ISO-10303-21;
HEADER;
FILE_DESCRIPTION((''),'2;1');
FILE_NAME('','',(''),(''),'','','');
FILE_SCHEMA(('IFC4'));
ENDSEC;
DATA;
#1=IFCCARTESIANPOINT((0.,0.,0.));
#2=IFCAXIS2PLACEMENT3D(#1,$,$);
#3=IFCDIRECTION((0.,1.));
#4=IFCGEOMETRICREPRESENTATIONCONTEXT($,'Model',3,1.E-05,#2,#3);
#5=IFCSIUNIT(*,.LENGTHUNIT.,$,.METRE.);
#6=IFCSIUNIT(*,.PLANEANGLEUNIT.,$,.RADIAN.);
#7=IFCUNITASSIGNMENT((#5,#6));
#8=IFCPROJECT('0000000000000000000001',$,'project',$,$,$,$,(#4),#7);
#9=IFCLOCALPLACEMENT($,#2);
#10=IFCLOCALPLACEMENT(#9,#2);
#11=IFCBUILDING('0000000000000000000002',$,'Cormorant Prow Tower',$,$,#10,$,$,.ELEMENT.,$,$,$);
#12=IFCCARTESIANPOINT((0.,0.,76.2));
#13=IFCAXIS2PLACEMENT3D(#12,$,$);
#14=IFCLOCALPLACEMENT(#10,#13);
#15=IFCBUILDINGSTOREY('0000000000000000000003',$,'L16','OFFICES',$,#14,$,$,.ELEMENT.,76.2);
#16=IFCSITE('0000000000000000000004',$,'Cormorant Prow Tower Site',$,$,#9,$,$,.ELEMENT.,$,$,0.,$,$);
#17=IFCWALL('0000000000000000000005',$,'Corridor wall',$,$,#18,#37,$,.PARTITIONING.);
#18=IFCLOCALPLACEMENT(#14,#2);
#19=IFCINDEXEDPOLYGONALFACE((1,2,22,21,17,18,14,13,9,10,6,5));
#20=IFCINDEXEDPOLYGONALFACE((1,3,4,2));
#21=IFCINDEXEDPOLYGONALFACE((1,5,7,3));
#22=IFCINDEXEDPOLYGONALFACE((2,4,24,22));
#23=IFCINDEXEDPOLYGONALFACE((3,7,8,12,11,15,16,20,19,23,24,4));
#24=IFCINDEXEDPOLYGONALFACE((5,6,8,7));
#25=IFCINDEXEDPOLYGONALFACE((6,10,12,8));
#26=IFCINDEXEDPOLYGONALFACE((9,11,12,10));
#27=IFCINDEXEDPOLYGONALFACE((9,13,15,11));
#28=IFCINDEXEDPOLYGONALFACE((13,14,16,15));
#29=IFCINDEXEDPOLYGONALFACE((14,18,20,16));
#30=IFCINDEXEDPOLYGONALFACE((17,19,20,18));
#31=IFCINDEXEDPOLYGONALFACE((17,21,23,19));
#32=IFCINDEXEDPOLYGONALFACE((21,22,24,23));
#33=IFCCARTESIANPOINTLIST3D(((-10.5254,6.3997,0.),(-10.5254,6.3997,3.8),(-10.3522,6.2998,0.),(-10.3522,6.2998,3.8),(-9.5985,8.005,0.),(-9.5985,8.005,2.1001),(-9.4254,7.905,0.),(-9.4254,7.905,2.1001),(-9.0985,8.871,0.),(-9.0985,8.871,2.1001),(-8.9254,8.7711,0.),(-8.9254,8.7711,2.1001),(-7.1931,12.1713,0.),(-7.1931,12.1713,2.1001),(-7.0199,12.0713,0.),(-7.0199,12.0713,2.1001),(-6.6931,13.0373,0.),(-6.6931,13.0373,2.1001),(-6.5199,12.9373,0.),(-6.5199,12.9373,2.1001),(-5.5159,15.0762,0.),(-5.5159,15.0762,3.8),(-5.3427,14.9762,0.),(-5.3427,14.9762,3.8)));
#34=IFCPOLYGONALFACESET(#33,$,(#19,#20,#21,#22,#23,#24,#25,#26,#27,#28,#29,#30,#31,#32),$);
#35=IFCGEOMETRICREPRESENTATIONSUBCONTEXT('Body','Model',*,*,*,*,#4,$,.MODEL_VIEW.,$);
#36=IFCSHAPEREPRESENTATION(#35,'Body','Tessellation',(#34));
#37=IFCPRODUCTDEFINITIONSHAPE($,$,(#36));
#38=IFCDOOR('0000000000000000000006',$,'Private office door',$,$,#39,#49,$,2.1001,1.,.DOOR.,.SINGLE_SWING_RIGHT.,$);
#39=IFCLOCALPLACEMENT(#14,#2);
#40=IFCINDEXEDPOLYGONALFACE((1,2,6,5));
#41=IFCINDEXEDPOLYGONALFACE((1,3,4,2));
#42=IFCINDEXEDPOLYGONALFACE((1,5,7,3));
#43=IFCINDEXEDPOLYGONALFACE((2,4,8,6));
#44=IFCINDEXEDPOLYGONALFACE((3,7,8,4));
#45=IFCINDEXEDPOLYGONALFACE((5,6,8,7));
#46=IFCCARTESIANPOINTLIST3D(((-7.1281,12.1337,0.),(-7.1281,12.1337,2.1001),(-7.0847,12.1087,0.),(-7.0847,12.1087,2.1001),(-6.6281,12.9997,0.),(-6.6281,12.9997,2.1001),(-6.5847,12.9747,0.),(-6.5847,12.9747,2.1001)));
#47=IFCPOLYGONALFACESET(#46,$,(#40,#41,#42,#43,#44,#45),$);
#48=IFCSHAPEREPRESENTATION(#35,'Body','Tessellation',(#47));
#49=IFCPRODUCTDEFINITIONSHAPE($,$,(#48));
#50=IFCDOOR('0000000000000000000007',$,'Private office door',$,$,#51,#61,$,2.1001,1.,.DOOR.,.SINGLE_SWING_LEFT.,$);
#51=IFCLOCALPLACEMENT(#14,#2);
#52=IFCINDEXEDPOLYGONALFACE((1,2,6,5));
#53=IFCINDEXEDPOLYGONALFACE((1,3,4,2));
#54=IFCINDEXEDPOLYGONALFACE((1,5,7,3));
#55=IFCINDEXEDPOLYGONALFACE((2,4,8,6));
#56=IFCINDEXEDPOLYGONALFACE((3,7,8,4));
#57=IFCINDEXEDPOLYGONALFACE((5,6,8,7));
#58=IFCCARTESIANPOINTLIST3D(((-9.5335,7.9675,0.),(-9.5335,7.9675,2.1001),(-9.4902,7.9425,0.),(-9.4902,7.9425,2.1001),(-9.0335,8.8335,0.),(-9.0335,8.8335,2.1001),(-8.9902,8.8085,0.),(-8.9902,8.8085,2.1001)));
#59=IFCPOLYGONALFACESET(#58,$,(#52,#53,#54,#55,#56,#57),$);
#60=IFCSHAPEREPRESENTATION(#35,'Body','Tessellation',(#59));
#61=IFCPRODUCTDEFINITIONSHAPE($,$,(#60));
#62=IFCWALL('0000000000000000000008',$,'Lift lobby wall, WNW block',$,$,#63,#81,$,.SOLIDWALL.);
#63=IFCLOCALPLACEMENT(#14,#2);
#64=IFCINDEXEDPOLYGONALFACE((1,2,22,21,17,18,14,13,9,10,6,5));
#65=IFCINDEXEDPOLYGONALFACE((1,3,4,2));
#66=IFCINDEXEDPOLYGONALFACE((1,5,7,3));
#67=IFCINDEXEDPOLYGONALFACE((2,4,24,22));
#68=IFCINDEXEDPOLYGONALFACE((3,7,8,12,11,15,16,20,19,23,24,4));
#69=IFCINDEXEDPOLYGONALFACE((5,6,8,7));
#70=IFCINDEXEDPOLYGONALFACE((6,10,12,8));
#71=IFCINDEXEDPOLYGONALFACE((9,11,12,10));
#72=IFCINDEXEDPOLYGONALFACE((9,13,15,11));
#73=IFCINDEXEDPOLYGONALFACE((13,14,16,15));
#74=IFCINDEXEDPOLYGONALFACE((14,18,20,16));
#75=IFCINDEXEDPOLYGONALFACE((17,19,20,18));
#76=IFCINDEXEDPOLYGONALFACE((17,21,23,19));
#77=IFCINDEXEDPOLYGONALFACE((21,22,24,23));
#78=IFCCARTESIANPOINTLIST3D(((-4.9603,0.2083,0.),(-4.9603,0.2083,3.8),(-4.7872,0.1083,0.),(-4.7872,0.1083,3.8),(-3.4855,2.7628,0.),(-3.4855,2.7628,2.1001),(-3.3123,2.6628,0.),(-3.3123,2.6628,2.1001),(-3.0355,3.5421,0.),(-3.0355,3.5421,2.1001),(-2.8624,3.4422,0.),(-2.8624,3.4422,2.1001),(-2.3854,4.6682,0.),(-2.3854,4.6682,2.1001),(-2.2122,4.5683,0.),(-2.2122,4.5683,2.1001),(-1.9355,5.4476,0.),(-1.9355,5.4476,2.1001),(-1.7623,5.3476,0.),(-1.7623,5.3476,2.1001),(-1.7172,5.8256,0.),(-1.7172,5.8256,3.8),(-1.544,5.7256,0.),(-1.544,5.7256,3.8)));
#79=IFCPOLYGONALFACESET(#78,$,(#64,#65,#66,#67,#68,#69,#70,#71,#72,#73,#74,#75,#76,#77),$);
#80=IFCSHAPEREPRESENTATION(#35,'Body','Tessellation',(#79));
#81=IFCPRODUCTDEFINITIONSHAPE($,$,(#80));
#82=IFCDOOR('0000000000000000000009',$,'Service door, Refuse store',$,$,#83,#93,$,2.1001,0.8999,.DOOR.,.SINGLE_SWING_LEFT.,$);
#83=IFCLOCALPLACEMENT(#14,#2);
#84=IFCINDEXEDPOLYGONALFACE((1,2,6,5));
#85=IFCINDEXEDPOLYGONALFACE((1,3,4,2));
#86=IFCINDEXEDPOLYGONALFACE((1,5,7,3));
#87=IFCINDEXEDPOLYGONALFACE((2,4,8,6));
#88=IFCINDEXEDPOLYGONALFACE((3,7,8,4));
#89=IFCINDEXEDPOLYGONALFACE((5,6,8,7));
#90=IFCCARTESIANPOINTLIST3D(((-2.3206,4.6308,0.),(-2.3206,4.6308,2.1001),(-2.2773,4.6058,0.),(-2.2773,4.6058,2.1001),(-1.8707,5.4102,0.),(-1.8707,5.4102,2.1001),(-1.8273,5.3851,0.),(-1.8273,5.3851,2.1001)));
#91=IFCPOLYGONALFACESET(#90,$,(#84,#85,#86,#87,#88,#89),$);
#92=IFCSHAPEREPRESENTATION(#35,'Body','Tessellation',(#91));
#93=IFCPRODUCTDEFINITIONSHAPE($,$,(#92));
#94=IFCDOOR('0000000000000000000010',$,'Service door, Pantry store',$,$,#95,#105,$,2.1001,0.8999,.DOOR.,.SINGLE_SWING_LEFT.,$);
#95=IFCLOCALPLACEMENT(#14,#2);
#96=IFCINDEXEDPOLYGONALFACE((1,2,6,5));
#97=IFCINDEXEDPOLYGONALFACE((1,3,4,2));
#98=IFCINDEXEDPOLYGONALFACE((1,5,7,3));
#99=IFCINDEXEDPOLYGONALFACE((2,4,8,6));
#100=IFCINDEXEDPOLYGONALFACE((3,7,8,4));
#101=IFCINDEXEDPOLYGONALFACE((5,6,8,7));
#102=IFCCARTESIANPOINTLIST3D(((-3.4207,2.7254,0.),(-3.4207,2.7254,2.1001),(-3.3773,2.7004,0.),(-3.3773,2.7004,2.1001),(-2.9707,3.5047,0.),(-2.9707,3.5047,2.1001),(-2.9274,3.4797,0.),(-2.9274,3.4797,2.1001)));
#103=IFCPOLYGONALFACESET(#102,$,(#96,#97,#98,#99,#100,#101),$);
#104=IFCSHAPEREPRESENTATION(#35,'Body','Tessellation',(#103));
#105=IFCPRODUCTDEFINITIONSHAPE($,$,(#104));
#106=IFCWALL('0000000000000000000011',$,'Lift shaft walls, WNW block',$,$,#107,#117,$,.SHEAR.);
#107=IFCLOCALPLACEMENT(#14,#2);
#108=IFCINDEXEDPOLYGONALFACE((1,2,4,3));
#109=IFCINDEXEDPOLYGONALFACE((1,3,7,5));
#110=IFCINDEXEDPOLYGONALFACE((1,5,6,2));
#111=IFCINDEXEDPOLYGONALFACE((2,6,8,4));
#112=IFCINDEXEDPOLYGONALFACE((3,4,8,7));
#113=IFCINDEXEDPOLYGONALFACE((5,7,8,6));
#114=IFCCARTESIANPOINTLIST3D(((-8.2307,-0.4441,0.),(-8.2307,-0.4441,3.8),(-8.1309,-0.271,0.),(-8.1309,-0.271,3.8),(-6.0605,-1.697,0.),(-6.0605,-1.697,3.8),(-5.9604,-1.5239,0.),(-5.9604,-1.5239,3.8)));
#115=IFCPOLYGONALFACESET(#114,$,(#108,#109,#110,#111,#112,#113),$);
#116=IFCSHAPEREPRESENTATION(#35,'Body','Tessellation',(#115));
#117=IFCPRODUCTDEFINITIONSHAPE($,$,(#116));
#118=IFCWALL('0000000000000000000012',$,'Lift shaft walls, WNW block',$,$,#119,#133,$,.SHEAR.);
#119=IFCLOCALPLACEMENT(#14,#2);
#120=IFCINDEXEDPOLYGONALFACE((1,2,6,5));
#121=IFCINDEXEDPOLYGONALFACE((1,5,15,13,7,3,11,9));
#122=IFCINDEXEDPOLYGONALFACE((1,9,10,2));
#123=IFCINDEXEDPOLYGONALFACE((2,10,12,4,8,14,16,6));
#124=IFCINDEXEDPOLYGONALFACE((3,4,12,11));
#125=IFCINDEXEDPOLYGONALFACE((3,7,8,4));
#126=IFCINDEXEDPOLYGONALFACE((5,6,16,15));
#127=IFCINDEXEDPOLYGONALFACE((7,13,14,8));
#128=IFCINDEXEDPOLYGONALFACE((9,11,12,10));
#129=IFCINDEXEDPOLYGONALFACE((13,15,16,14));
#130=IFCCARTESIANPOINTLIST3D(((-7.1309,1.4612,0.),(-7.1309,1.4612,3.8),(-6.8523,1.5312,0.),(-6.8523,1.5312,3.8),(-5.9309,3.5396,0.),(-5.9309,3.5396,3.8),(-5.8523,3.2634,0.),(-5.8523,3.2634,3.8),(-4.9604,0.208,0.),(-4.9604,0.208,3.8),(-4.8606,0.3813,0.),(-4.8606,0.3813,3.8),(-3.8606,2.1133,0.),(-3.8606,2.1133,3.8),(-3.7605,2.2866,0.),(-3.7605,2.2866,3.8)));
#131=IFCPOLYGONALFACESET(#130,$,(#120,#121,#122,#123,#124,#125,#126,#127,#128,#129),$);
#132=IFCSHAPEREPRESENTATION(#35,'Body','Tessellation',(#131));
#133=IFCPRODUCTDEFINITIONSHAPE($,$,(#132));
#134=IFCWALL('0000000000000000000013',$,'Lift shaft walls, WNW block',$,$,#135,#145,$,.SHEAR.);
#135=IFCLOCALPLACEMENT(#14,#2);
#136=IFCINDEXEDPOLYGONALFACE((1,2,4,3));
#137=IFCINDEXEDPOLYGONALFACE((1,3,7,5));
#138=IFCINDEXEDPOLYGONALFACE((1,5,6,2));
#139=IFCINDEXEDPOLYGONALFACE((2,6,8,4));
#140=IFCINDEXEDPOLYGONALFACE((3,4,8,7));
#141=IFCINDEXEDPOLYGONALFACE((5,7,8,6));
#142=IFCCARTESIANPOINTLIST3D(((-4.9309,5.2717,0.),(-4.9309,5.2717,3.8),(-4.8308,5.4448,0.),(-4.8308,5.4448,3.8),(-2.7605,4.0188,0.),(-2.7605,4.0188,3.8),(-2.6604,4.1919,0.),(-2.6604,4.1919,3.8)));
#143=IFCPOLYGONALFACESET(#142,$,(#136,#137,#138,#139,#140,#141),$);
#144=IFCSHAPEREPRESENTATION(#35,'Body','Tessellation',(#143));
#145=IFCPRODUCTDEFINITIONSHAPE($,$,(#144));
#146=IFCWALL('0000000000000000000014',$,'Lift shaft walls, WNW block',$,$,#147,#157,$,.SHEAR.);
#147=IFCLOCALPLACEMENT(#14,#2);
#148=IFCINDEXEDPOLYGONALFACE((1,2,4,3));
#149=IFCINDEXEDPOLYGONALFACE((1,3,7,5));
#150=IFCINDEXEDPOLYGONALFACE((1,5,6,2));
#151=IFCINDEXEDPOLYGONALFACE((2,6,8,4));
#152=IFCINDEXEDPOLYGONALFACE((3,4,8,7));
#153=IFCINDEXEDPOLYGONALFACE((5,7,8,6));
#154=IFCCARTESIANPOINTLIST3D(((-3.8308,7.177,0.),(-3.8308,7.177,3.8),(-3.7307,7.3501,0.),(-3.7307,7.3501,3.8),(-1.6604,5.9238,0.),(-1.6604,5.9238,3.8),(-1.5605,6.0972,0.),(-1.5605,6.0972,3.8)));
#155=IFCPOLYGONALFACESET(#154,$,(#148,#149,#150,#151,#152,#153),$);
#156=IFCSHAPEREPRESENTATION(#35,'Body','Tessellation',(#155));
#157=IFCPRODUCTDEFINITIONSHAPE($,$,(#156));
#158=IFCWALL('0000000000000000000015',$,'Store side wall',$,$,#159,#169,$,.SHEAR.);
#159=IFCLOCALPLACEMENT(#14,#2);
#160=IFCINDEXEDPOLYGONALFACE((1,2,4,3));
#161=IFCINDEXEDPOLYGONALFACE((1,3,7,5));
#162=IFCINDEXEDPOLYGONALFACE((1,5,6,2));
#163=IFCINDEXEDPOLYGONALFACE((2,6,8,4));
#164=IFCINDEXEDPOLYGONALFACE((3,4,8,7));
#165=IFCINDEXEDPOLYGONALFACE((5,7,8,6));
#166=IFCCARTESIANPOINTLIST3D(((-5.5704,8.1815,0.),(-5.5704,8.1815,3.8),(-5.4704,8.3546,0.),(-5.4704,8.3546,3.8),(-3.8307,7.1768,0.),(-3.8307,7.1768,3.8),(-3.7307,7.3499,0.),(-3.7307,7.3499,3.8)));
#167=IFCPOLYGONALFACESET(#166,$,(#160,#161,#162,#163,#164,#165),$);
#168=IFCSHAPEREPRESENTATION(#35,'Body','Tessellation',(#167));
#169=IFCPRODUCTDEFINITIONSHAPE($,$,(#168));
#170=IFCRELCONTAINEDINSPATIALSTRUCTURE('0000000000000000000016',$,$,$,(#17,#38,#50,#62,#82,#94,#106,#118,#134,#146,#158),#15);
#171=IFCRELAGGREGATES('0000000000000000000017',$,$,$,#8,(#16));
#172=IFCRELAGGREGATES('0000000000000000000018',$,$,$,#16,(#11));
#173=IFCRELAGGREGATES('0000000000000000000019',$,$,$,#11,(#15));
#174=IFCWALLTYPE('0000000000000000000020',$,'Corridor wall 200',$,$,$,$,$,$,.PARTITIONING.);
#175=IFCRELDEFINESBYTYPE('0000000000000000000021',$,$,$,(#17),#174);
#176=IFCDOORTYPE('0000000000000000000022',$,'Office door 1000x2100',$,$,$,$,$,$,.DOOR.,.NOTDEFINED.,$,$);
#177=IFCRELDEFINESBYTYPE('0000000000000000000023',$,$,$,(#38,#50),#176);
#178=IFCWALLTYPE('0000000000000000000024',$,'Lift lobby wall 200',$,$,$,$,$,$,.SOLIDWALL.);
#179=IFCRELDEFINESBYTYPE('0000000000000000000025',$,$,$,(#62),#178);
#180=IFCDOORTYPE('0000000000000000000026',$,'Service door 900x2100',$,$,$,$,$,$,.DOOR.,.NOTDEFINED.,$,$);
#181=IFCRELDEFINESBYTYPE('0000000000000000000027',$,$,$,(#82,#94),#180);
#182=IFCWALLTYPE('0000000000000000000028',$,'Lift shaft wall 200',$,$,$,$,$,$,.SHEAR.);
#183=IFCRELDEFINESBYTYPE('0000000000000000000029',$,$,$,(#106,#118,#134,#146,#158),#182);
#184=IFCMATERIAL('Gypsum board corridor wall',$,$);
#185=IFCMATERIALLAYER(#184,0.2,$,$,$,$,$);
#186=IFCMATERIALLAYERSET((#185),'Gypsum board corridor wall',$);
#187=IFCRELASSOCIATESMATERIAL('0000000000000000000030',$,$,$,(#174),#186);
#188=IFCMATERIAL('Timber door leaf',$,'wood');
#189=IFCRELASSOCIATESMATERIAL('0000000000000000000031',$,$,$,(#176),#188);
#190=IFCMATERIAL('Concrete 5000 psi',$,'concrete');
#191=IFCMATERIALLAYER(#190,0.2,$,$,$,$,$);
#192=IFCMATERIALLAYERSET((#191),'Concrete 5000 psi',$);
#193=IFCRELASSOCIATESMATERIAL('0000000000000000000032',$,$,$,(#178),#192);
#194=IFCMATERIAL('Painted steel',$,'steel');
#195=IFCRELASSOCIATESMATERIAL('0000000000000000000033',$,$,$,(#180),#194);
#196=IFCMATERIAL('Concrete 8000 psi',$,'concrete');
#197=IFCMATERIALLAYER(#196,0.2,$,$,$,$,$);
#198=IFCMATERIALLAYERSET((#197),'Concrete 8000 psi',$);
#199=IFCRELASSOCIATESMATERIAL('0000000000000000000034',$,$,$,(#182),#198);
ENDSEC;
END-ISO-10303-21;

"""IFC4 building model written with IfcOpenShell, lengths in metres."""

from ifc_helpers import new_model, si_unit, direction, frame, frame_2d, origin, place, context, subcontext, project, spatial, polyline, rectangle, outline, extrude, material, layer, layer_set, type_object, element, fill, save


model = new_model("IFC4")

# Units and contexts
model_context = context("Model", 3, precision=1e-05, world=origin(), true_north=direction((0.0, 1.0)))
body_context = subcontext(model_context, "Body", "Model", "MODEL_VIEW")
ifc_project = project(units=[si_unit("LENGTHUNIT", "METRE"), si_unit("PLANEANGLEUNIT", "RADIAN")], contexts=[model_context])

# Site, building, storey
site_placement = place(None, origin())
site = spatial("IfcSite", under=ifc_project, at=site_placement, Name="Cormorant Prow Tower Site", CompositionType="ELEMENT", RefElevation=0.0)
building_placement = place(site_placement, origin())
building = spatial("IfcBuilding", under=site, at=building_placement, Name="Cormorant Prow Tower", CompositionType="ELEMENT")
storey_placement = place(building_placement, frame((0.0, 0.0, 76.2)))
storey = spatial("IfcBuildingStorey", under=building, at=storey_placement, Name="L16", Description="OFFICES", CompositionType="ELEMENT", Elevation=76.2)

# Walls, openings, doors
ifc_material_1 = material(Name="Gypsum board corridor wall")
ifc_layer_1 = layer(ifc_material_1, 0.2)
ifc_layer_set_1 = layer_set([ifc_layer_1], Name="Gypsum board corridor wall")
wall_type_1 = type_object("IfcWallType", Name="Corridor wall 200", PredefinedType="PARTITIONING", material=ifc_layer_set_1)
wall_1_placement = place(storey_placement, frame((-10.4387, 6.3499, 0.0), z_axis=(0.0, 0.0, 1.0), x_axis=(0.50001, 0.86602, 0.0)))
wall_1 = element("IfcWall", 1, at=wall_1_placement, inside=storey, type_object=wall_type_1, Name="Corridor wall", PredefinedType="PARTITIONING", context=body_context, shape_type="SweptSolid", body=[
    extrude(rectangle(XDim=10.0188, YDim=0.2, at=frame_2d((5.0093, 0.0))), origin(), (0.0, 0.0, 1.0), 3.8),
])
opening_1_placement = place(wall_1_placement, frame((6.6643, 0.0, 0.0)))
opening_1 = element("IfcOpeningElement", 2, at=opening_1_placement, cuts=wall_1, PredefinedType="OPENING", context=body_context, shape_type="SweptSolid", body=[
    extrude(rectangle(XDim=1.0, YDim=2.1001, at=frame_2d((0.5, 1.05))), frame((0.0, 0.1099, 0.0), z_axis=(0.0, -1.0, 0.0), x_axis=(1.0, 0.0, 0.0)), (0.0, 0.0, 1.0), 0.22),
])
opening_2_placement = place(wall_1_placement, frame((1.8535, 0.0, 0.0)))
opening_2 = element("IfcOpeningElement", 3, at=opening_2_placement, cuts=wall_1, PredefinedType="OPENING", context=body_context, shape_type="SweptSolid", body=[
    extrude(rectangle(XDim=1.0, YDim=2.1001, at=frame_2d((0.5, 1.05))), frame((0.0, 0.1099, 0.0), z_axis=(0.0, -1.0, 0.0), x_axis=(1.0, 0.0, 0.0)), (0.0, 0.0, 1.0), 0.22),
])
ifc_material_2 = material(Name="Timber door leaf", Category="wood")
door_type_1 = type_object("IfcDoorType", Name="Office door 1000x2100", OperationType="NOTDEFINED", PredefinedType="DOOR", material=ifc_material_2)
door_1_placement = place(opening_1_placement, origin())
door_1 = element("IfcDoor", 4, at=door_1_placement, inside=storey, type_object=door_type_1, Name="Private office door", OperationType="SINGLE_SWING_RIGHT", OverallHeight=2.1001, OverallWidth=1.0, PredefinedType="DOOR", context=body_context, shape_type="SweptSolid", body=[
    extrude(rectangle(XDim=1.0, YDim=2.1001, at=frame_2d((0.5, 1.05))), frame((0.0, 0.0249, 0.0), z_axis=(0.0, -1.0, 0.0), x_axis=(1.0, 0.0, 0.0)), (0.0, 0.0, 1.0), 0.05),
])
fill(opening_1, door_1)
door_2_placement = place(opening_2_placement, origin())
door_2 = element("IfcDoor", 5, at=door_2_placement, inside=storey, type_object=door_type_1, Name="Private office door", OperationType="SINGLE_SWING_LEFT", OverallHeight=2.1001, OverallWidth=1.0, PredefinedType="DOOR", context=body_context, shape_type="SweptSolid", body=[
    extrude(rectangle(XDim=1.0, YDim=2.1001, at=frame_2d((0.5, 1.05))), frame((0.0, 0.0249, 0.0), z_axis=(0.0, -1.0, 0.0), x_axis=(1.0, 0.0, 0.0)), (0.0, 0.0, 1.0), 0.05),
])
fill(opening_2, door_2)
ifc_material_3 = material(Name="Concrete 5000 psi", Category="concrete")
ifc_layer_2 = layer(ifc_material_3, 0.2)
ifc_layer_set_2 = layer_set([ifc_layer_2], Name="Concrete 5000 psi")
wall_type_2 = type_object("IfcWallType", Name="Lift lobby wall 200", PredefinedType="SOLIDWALL", material=ifc_layer_set_2)
wall_2_placement = place(storey_placement, frame((-1.6306, 5.7756, 0.0), z_axis=(0.0, 0.0, 1.0), x_axis=(-0.499993, -0.86603, 0.0)))
wall_2 = element("IfcWall", 6, at=wall_2_placement, inside=storey, type_object=wall_type_2, Name="Lift lobby wall, WNW block", PredefinedType="SOLIDWALL", context=body_context, shape_type="SweptSolid", body=[
    extrude(rectangle(XDim=6.4863, YDim=0.2, at=frame_2d((3.2432, 0.0))), origin(), (0.0, 0.0, 1.0), 3.8),
])
opening_3_placement = place(wall_2_placement, frame((0.4365, 0.0, 0.0)))
opening_3 = element("IfcOpeningElement", 7, at=opening_3_placement, cuts=wall_2, PredefinedType="OPENING", context=body_context, shape_type="SweptSolid", body=[
    extrude(rectangle(XDim=0.8999, YDim=2.1001, at=frame_2d((0.45, 1.05))), frame((0.0, 0.1099, 0.0), z_axis=(0.0, -1.0, 0.0), x_axis=(1.0, 0.0, 0.0)), (0.0, 0.0, 1.0), 0.22),
])
opening_4_placement = place(wall_2_placement, frame((2.6367, 0.0, 0.0)))
opening_4 = element("IfcOpeningElement", 8, at=opening_4_placement, cuts=wall_2, PredefinedType="OPENING", context=body_context, shape_type="SweptSolid", body=[
    extrude(rectangle(XDim=0.8999, YDim=2.1001, at=frame_2d((0.45, 1.05))), frame((0.0, 0.1099, 0.0), z_axis=(0.0, -1.0, 0.0), x_axis=(1.0, 0.0, 0.0)), (0.0, 0.0, 1.0), 0.22),
])
ifc_material_4 = material(Name="Painted steel", Category="steel")
door_type_2 = type_object("IfcDoorType", Name="Service door 900x2100", OperationType="NOTDEFINED", PredefinedType="DOOR", material=ifc_material_4)
door_3_placement = place(opening_3_placement, origin())
door_3 = element("IfcDoor", 9, at=door_3_placement, inside=storey, type_object=door_type_2, Name="Service door, Refuse store", OperationType="SINGLE_SWING_LEFT", OverallHeight=2.1001, OverallWidth=0.8999, PredefinedType="DOOR", context=body_context, shape_type="SweptSolid", body=[
    extrude(rectangle(XDim=0.8999, YDim=2.1001, at=frame_2d((0.45, 1.05))), frame((0.0, 0.0249, 0.0), z_axis=(0.0, -1.0, 0.0), x_axis=(1.0, 0.0, 0.0)), (0.0, 0.0, 1.0), 0.05),
])
fill(opening_3, door_3)
door_4_placement = place(opening_4_placement, origin())
door_4 = element("IfcDoor", 10, at=door_4_placement, inside=storey, type_object=door_type_2, Name="Service door, Pantry store", OperationType="SINGLE_SWING_LEFT", OverallHeight=2.1001, OverallWidth=0.8999, PredefinedType="DOOR", context=body_context, shape_type="SweptSolid", body=[
    extrude(rectangle(XDim=0.8999, YDim=2.1001, at=frame_2d((0.45, 1.05))), frame((0.0, 0.0249, 0.0), z_axis=(0.0, -1.0, 0.0), x_axis=(1.0, 0.0, 0.0)), (0.0, 0.0, 1.0), 0.05),
])
fill(opening_4, door_4)

# Walls
ifc_material_5 = material(Name="Concrete 8000 psi", Category="concrete")
ifc_layer_3 = layer(ifc_material_5, 0.2)
ifc_layer_set_3 = layer_set([ifc_layer_3], Name="Concrete 8000 psi")
wall_type_3 = type_object("IfcWallType", Name="Lift shaft wall 200", PredefinedType="SHEAR", material=ifc_layer_set_3)
wall_3_placement = place(storey_placement, origin())
element("IfcWall", 11, at=wall_3_placement, inside=storey, type_object=wall_type_3, Name="Lift shaft walls, WNW block", PredefinedType="SHEAR", context=body_context, shape_type="SweptSolid", body=[
    extrude(outline(polyline([(-6.0605, -1.697), (-8.2307, -0.4441), (-8.1309, -0.271), (-5.9604, -1.5239), (-6.0605, -1.697)])), origin(), (0.0, 0.0, 1.0), 3.8),
])
wall_4_placement = place(storey_placement, origin())
element("IfcWall", 12, at=wall_4_placement, inside=storey, type_object=wall_type_3, Name="Lift shaft walls, WNW block", PredefinedType="SHEAR", context=body_context, shape_type="SweptSolid", body=[
    extrude(outline(polyline([(-4.9604, 0.208), (-7.1309, 1.4612), (-5.9309, 3.5396), (-3.7605, 2.2866), (-3.8606, 2.1133), (-5.8523, 3.2634), (-6.8523, 1.5312), (-4.8606, 0.3813), (-4.9604, 0.208)])), origin(), (0.0, 0.0, 1.0), 3.8),
])
wall_5_placement = place(storey_placement, origin())
element("IfcWall", 13, at=wall_5_placement, inside=storey, type_object=wall_type_3, Name="Lift shaft walls, WNW block", PredefinedType="SHEAR", context=body_context, shape_type="SweptSolid", body=[
    extrude(outline(polyline([(-2.7605, 4.0188), (-4.9309, 5.2717), (-4.8308, 5.4448), (-2.6604, 4.1919), (-2.7605, 4.0188)])), origin(), (0.0, 0.0, 1.0), 3.8),
])
wall_6_placement = place(storey_placement, origin())
element("IfcWall", 14, at=wall_6_placement, inside=storey, type_object=wall_type_3, Name="Lift shaft walls, WNW block", PredefinedType="SHEAR", context=body_context, shape_type="SweptSolid", body=[
    extrude(outline(polyline([(-3.7307, 7.3501), (-1.5605, 6.0972), (-1.6604, 5.9238), (-3.8308, 7.177), (-3.7307, 7.3501)])), origin(), (0.0, 0.0, 1.0), 3.8),
])
wall_7_placement = place(storey_placement, frame((-3.7808, 7.2634, 0.0), z_axis=(0.0, 0.0, 1.0), x_axis=(-0.865983, 0.500073, 0.0)))
element("IfcWall", 15, at=wall_7_placement, inside=storey, type_object=wall_type_3, Name="Store side wall", PredefinedType="SHEAR", context=body_context, shape_type="SweptSolid", body=[
    extrude(rectangle(XDim=2.009, YDim=0.2, at=frame_2d((1.0044, 0.0))), origin(), (0.0, 0.0, 1.0), 3.8),
])

save(model, "model.ifc")
